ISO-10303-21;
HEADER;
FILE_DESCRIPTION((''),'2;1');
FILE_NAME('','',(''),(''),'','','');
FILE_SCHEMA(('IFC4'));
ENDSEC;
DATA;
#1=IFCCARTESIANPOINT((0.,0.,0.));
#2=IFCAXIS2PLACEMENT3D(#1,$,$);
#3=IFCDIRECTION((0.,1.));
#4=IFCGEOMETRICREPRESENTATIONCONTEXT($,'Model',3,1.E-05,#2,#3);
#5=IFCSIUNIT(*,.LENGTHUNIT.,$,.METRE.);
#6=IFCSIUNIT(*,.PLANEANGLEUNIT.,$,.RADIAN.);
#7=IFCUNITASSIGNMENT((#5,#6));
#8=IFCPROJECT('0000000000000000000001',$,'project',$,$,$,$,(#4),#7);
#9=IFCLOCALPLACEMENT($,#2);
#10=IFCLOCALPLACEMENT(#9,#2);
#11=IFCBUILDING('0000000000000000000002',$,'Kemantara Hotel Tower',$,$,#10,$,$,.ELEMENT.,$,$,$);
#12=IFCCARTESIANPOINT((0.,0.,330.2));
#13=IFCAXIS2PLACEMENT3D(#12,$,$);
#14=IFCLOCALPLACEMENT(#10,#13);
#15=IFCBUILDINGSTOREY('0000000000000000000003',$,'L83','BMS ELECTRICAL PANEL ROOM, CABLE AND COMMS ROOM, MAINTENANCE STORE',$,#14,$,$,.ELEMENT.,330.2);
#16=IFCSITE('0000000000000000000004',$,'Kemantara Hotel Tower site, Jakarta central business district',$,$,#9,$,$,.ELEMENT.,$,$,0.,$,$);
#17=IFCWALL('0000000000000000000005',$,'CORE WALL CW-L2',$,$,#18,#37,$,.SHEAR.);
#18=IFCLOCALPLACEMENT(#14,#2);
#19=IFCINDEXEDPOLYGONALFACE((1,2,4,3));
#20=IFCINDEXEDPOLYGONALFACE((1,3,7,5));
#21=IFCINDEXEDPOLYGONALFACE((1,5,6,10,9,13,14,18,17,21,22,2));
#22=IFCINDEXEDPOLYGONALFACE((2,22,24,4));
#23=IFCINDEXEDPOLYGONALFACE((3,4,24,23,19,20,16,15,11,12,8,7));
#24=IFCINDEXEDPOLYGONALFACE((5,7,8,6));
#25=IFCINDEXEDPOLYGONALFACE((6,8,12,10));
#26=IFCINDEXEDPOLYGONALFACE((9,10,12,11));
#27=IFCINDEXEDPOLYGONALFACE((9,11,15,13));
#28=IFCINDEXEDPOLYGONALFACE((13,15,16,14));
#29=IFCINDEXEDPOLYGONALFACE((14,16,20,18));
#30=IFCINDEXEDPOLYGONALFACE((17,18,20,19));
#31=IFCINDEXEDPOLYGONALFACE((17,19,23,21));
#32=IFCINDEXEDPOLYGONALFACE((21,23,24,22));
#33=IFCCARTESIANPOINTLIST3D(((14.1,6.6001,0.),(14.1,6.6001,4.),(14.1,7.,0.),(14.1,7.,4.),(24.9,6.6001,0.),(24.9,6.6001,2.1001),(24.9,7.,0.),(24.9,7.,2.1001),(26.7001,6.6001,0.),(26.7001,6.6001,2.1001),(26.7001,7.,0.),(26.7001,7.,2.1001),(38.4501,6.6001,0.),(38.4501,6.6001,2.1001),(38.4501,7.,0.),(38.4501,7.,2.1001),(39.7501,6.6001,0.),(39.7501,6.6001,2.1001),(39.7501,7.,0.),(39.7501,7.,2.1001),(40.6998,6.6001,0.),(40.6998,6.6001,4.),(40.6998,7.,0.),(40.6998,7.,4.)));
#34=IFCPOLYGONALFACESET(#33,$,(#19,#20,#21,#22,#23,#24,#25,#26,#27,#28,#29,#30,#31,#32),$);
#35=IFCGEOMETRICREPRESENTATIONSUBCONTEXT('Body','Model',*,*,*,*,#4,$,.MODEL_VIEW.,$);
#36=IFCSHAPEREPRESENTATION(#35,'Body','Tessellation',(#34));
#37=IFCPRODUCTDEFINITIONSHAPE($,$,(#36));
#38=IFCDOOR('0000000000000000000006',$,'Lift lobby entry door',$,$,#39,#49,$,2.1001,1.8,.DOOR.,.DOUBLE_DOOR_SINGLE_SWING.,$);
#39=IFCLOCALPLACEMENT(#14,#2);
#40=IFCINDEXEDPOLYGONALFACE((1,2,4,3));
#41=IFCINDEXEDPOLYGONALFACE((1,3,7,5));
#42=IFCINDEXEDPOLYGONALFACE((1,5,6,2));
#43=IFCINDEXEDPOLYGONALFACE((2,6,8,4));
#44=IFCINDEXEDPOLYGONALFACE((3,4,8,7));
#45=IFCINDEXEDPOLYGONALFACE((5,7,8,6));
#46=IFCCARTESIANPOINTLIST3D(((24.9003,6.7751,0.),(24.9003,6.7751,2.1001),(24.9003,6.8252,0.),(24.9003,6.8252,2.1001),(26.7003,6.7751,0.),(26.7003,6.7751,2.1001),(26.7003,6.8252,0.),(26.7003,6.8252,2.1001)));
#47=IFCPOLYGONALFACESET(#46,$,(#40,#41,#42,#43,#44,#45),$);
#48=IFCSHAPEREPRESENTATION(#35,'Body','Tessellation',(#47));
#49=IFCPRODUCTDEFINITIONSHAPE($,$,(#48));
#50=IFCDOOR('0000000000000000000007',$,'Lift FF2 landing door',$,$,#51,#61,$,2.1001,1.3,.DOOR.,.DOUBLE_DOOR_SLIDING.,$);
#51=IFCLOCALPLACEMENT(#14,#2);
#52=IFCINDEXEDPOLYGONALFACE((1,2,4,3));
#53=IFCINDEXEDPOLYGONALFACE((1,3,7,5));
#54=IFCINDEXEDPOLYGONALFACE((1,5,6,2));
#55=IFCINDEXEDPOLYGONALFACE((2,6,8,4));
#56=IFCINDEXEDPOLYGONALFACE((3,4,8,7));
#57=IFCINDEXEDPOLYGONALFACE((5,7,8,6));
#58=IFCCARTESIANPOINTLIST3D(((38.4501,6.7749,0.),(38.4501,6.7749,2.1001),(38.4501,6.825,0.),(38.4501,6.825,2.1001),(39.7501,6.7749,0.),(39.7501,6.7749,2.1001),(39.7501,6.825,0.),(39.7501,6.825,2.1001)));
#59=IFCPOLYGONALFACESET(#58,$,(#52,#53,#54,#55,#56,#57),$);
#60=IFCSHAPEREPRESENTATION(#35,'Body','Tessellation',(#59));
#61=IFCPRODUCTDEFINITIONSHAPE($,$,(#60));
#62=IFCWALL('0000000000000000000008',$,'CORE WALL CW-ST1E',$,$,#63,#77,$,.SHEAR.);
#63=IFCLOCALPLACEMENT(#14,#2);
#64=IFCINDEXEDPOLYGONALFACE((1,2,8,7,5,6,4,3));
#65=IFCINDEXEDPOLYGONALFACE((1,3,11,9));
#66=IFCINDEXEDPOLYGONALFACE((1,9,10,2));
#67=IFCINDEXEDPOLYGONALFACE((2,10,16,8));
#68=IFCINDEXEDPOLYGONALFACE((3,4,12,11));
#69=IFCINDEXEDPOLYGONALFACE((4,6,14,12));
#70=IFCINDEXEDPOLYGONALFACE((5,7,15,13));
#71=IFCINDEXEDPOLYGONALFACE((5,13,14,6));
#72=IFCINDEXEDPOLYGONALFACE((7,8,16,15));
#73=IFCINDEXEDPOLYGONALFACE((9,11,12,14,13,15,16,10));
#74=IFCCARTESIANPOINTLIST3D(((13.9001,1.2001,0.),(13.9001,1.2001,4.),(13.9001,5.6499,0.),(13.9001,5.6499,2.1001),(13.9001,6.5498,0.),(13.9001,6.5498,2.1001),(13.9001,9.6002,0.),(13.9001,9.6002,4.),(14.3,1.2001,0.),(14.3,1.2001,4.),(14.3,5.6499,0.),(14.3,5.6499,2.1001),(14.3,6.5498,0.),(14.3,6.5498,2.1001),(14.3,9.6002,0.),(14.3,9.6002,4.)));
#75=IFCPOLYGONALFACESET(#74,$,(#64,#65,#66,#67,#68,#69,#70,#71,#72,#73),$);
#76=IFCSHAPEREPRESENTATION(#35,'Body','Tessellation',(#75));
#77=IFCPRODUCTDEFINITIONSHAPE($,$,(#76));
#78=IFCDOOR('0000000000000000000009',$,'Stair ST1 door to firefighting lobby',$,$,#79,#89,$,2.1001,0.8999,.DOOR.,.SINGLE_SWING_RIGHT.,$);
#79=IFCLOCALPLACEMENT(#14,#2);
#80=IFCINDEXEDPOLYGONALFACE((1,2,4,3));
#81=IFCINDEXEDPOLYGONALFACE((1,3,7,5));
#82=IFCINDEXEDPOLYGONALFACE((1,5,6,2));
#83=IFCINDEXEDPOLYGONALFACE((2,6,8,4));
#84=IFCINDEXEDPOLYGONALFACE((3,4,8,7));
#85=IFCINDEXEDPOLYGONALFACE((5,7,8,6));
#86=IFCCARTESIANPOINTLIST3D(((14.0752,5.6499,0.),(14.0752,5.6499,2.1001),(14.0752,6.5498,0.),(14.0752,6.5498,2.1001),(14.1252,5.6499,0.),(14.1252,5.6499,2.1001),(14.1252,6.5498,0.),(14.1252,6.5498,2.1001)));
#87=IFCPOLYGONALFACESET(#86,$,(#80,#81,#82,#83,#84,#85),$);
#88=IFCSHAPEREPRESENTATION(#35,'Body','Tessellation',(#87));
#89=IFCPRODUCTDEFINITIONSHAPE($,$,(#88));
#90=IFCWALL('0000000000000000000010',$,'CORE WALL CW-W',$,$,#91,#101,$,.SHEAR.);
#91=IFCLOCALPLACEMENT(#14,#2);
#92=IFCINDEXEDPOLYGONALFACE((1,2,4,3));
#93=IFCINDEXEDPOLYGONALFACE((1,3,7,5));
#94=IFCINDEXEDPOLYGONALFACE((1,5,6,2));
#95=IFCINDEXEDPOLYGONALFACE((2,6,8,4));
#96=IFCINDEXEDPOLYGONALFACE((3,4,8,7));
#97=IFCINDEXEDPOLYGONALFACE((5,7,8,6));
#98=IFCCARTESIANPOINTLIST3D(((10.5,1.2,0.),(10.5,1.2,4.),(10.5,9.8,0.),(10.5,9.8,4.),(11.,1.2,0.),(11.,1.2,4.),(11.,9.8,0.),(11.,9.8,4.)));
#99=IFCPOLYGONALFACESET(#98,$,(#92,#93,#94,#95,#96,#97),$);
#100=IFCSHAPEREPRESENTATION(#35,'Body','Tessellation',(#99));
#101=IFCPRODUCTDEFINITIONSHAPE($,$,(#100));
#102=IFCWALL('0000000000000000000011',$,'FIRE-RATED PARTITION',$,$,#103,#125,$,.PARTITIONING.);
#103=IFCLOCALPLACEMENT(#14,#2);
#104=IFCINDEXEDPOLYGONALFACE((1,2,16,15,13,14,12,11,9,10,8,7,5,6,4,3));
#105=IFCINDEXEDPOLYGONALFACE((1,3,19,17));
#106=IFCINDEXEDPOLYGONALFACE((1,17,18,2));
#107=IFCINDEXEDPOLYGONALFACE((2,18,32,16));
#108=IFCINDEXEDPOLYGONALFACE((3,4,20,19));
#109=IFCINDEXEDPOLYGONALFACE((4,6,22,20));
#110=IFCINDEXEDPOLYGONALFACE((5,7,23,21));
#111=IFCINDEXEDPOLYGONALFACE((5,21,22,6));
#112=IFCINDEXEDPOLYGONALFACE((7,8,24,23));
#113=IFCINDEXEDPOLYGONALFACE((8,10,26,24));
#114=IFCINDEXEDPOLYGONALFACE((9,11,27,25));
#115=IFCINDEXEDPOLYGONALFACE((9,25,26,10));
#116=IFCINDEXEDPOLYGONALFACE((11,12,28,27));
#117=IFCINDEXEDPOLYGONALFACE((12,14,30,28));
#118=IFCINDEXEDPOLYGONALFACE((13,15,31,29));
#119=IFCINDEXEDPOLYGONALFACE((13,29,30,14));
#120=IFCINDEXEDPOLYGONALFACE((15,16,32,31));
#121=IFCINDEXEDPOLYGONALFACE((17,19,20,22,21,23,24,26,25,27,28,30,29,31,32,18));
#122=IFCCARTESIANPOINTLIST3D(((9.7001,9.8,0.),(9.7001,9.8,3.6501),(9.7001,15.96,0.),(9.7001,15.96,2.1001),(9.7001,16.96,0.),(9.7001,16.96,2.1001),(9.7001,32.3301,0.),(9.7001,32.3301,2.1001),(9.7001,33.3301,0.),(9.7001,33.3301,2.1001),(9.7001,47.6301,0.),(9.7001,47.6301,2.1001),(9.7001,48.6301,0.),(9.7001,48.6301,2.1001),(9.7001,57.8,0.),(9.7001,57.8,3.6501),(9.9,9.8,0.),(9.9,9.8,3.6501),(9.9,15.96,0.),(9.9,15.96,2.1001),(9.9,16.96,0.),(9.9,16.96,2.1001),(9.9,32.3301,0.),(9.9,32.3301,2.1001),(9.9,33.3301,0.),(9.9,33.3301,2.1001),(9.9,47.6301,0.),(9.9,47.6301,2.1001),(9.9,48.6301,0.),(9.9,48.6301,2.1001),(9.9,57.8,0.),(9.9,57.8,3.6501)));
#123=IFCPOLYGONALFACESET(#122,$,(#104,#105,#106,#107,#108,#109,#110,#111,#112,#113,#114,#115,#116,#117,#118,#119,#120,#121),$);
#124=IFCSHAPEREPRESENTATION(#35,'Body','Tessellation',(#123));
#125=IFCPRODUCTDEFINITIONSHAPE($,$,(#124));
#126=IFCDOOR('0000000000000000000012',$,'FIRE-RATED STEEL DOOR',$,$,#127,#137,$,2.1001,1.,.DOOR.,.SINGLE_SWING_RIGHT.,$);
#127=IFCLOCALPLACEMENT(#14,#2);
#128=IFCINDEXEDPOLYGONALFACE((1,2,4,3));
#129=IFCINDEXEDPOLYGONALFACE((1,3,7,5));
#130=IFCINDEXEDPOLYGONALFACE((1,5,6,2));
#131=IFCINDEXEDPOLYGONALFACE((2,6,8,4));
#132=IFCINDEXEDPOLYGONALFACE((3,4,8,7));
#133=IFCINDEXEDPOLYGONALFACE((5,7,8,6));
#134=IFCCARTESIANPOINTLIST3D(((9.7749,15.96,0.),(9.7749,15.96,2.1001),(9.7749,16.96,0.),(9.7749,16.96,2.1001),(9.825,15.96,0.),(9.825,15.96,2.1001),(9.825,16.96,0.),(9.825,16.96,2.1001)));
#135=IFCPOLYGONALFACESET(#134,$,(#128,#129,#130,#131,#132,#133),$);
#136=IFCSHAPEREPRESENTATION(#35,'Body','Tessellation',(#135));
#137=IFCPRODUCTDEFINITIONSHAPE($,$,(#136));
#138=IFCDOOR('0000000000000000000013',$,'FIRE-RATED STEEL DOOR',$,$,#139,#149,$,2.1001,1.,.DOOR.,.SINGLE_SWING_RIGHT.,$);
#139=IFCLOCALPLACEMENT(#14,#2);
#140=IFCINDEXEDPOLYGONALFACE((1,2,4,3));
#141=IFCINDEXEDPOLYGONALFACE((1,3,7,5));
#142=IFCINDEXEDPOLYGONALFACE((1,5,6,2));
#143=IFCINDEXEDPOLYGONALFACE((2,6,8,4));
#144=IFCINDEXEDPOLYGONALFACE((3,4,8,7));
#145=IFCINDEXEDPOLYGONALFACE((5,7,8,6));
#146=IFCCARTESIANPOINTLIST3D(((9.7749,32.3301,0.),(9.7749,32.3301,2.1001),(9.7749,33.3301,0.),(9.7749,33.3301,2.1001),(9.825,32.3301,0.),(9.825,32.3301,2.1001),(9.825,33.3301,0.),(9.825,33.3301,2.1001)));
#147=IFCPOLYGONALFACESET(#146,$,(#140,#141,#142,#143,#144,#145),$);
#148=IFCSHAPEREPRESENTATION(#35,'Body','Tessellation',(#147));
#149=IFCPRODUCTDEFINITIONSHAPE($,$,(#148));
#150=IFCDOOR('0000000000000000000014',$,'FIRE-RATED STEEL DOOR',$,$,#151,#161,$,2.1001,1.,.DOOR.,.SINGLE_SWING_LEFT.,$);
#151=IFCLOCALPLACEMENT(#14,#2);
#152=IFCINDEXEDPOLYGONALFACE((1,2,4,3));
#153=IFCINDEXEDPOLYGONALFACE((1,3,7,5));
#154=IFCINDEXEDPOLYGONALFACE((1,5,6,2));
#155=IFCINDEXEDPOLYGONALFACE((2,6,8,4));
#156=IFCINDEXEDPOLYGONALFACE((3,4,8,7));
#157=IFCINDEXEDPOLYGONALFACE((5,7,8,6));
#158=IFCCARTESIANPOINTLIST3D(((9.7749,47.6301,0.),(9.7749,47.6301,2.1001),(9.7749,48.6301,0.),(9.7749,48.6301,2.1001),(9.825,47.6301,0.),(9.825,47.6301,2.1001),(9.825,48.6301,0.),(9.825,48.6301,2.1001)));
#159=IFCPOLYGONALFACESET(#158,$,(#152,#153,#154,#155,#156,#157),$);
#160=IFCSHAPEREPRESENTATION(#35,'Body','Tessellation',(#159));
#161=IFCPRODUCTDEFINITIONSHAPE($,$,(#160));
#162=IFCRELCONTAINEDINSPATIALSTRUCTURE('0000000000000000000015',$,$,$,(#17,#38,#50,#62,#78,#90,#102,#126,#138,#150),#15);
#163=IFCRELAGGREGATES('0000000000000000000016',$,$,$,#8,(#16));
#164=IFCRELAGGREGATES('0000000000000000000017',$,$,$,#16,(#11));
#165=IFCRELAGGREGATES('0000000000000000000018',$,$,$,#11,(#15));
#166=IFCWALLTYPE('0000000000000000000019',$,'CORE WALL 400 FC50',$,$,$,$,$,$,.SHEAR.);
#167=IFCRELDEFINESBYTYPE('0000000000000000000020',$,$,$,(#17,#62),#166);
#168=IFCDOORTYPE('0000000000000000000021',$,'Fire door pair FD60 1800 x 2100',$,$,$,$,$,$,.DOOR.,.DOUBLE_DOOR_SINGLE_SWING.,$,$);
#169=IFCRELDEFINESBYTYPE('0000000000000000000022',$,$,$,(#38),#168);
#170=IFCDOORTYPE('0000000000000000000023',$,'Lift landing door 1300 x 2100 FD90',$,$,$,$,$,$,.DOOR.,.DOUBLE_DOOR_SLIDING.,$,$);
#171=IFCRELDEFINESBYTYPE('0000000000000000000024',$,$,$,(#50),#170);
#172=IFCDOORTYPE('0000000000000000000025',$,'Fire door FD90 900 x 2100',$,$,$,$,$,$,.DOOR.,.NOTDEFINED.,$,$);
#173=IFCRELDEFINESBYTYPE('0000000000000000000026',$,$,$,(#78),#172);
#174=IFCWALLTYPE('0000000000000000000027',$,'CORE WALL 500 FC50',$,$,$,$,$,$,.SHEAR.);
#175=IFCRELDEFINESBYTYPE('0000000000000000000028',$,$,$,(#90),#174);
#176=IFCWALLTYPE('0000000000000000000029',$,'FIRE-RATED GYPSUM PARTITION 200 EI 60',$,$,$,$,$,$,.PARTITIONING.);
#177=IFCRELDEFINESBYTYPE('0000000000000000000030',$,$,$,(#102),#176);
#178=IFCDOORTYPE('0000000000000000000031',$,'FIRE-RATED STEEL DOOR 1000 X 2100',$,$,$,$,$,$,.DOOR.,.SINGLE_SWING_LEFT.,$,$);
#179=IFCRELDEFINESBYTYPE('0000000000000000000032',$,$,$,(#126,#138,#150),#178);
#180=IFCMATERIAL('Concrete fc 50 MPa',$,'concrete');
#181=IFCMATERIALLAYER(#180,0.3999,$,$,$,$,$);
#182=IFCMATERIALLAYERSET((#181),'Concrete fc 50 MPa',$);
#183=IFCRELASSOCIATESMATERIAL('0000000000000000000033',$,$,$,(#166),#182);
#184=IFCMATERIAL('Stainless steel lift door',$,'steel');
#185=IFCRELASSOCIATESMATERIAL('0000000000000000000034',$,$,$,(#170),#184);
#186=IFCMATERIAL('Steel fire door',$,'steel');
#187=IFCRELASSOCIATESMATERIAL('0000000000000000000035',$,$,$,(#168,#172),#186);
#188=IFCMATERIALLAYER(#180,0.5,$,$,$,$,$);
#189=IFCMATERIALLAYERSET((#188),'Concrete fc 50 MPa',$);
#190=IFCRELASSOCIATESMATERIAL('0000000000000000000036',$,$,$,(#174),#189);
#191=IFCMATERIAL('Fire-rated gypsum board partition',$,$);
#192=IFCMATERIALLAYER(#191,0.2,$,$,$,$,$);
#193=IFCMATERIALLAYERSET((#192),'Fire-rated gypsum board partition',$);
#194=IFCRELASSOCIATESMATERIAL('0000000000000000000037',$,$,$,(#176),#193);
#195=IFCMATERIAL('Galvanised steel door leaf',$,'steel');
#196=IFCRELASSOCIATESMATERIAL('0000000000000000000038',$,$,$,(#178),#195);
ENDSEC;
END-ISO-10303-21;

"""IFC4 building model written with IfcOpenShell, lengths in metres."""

from ifc_helpers import new_model, si_unit, direction, frame, frame_2d, origin, place, context, subcontext, project, spatial, rectangle, extrude, material, layer, layer_set, type_object, element, fill, save


model = new_model("IFC4")

# Units and contexts
model_context = context("Model", 3, precision=1e-05, world=origin(), true_north=direction((0.0, 1.0)))
body_context = subcontext(model_context, "Body", "Model", "MODEL_VIEW")
ifc_project = project(units=[si_unit("LENGTHUNIT", "METRE"), si_unit("PLANEANGLEUNIT", "RADIAN")], contexts=[model_context])

# Site, building, storey
site_placement = place(None, origin())
site = spatial("IfcSite", under=ifc_project, at=site_placement, Name="Kemantara Hotel Tower site, Jakarta central business district", CompositionType="ELEMENT", RefElevation=0.0)
building_placement = place(site_placement, origin())
building = spatial("IfcBuilding", under=site, at=building_placement, Name="Kemantara Hotel Tower", CompositionType="ELEMENT")
storey_placement = place(building_placement, frame((0.0, 0.0, 330.2)))
storey = spatial("IfcBuildingStorey", under=building, at=storey_placement, Name="L83", Description="BMS ELECTRICAL PANEL ROOM, CABLE AND COMMS ROOM, MAINTENANCE STORE", CompositionType="ELEMENT", Elevation=330.2)

# Shared definitions
ifc_material_1 = material(Name="Concrete fc 50 MPa", Category="concrete")

# Shared definitions
ifc_layer_1 = layer(ifc_material_1, 0.3999)
ifc_layer_set_1 = layer_set([ifc_layer_1], Name="Concrete fc 50 MPa")
wall_type_1 = type_object("IfcWallType", Name="CORE WALL 400 FC50", PredefinedType="SHEAR", material=ifc_layer_set_1)
ifc_material_2 = material(Name="Steel fire door", Category="steel")

# Wall, openings, doors
ifc_material_3 = material(Name="Stainless steel lift door", Category="steel")
door_type_1 = type_object("IfcDoorType", Name="Lift landing door 1300 x 2100 FD90", OperationType="DOUBLE_DOOR_SLIDING", PredefinedType="DOOR", material=ifc_material_3)
wall_1_placement = place(storey_placement, frame((14.1001, 6.8, 0.0), z_axis=(0.0, 0.0, 1.0), x_axis=(1.0, 0.0, 0.0)))
wall_1 = element("IfcWall", 1, at=wall_1_placement, inside=storey, type_object=wall_type_1, Name="CORE WALL CW-L2", PredefinedType="SHEAR", context=body_context, shape_type="SweptSolid", body=[
    extrude(rectangle(XDim=26.5999, YDim=0.3999, at=frame_2d((13.2998, 0.0))), origin(), (0.0, 0.0, 1.0), 4.0),
])
opening_1_placement = place(wall_1_placement, frame((10.8, 0.0, 0.0)))
opening_1 = element("IfcOpeningElement", 2, at=opening_1_placement, cuts=wall_1, PredefinedType="OPENING", context=body_context, shape_type="SweptSolid", body=[
    extrude(rectangle(XDim=1.8, YDim=2.1001, at=frame_2d((0.8999, 1.05))), frame((0.0, 0.21, 0.0), z_axis=(0.0, -1.0, 0.0), x_axis=(1.0, 0.0, 0.0)), (0.0, 0.0, 1.0), 0.4199),
])
opening_2_placement = place(wall_1_placement, frame((24.3501, 0.0, 0.0)))
opening_2 = element("IfcOpeningElement", 3, at=opening_2_placement, cuts=wall_1, PredefinedType="OPENING", context=body_context, shape_type="SweptSolid", body=[
    extrude(rectangle(XDim=1.3, YDim=2.1001, at=frame_2d((0.6499, 1.05))), frame((0.0, 0.21, 0.0), z_axis=(0.0, -1.0, 0.0), x_axis=(1.0, 0.0, 0.0)), (0.0, 0.0, 1.0), 0.4199),
])
door_type_2 = type_object("IfcDoorType", Name="Fire door pair FD60 1800 x 2100", OperationType="DOUBLE_DOOR_SINGLE_SWING", PredefinedType="DOOR", material=ifc_material_2)
door_1_placement = place(opening_1_placement, frame((1.8, 0.0, 0.0), z_axis=(0.0, 0.0, 1.0), x_axis=(-1.0, 0.0, 0.0)))
door_1 = element("IfcDoor", 4, at=door_1_placement, inside=storey, type_object=door_type_2, Name="Lift lobby entry door", OperationType="DOUBLE_DOOR_SINGLE_SWING", OverallHeight=2.1001, OverallWidth=1.8, PredefinedType="DOOR", context=body_context, shape_type="SweptSolid", body=[
    extrude(rectangle(XDim=1.8, YDim=2.1001, at=frame_2d((0.8999, 1.05))), frame((0.0, 0.0249, 0.0), z_axis=(0.0, -1.0, 0.0), x_axis=(1.0, 0.0, 0.0)), (0.0, 0.0, 1.0), 0.05),
])
fill(opening_1, door_1)
door_2_placement = place(opening_2_placement, origin())
door_2 = element("IfcDoor", 5, at=door_2_placement, inside=storey, type_object=door_type_1, Name="Lift FF2 landing door", OperationType="DOUBLE_DOOR_SLIDING", OverallHeight=2.1001, OverallWidth=1.3, PredefinedType="DOOR", context=body_context, shape_type="SweptSolid", body=[
    extrude(rectangle(XDim=1.3, YDim=2.1001, at=frame_2d((0.6499, 1.05))), frame((0.0, 0.0249, 0.0), z_axis=(0.0, -1.0, 0.0), x_axis=(1.0, 0.0, 0.0)), (0.0, 0.0, 1.0), 0.05),
])
fill(opening_2, door_2)

# Wall, opening, door
wall_2_placement = place(storey_placement, frame((14.1001, 1.2, 0.0), z_axis=(0.0, 0.0, 1.0), x_axis=(0.0, 1.0, 0.0)))
wall_2 = element("IfcWall", 6, at=wall_2_placement, inside=storey, type_object=wall_type_1, Name="CORE WALL CW-ST1E", PredefinedType="SHEAR", context=body_context, shape_type="SweptSolid", body=[
    extrude(rectangle(XDim=8.4001, YDim=0.3999, at=frame_2d((4.2002, 0.0))), origin(), (0.0, 0.0, 1.0), 4.0),
])
opening_3_placement = place(wall_2_placement, frame((4.45, 0.0, 0.0)))
opening_3 = element("IfcOpeningElement", 7, at=opening_3_placement, cuts=wall_2, PredefinedType="OPENING", context=body_context, shape_type="SweptSolid", body=[
    extrude(rectangle(XDim=0.8999, YDim=2.1001, at=frame_2d((0.45, 1.05))), frame((0.0, 0.21, 0.0), z_axis=(0.0, -1.0, 0.0), x_axis=(1.0, 0.0, 0.0)), (0.0, 0.0, 1.0), 0.4199),
])
door_type_3 = type_object("IfcDoorType", Name="Fire door FD90 900 x 2100", OperationType="NOTDEFINED", PredefinedType="DOOR", material=ifc_material_2)
door_3_placement = place(opening_3_placement, origin())
door_3 = element("IfcDoor", 8, at=door_3_placement, inside=storey, type_object=door_type_3, Name="Stair ST1 door to firefighting lobby", OperationType="SINGLE_SWING_RIGHT", OverallHeight=2.1001, OverallWidth=0.8999, PredefinedType="DOOR", context=body_context, shape_type="SweptSolid", body=[
    extrude(rectangle(XDim=0.8999, YDim=2.1001, at=frame_2d((0.45, 1.05))), frame((0.0, 0.0249, 0.0), z_axis=(0.0, -1.0, 0.0), x_axis=(1.0, 0.0, 0.0)), (0.0, 0.0, 1.0), 0.05),
])
fill(opening_3, door_3)

# Wall
ifc_layer_2 = layer(ifc_material_1, 0.5)
ifc_layer_set_2 = layer_set([ifc_layer_2], Name="Concrete fc 50 MPa")
wall_type_2 = type_object("IfcWallType", Name="CORE WALL 500 FC50", PredefinedType="SHEAR", material=ifc_layer_set_2)
wall_3_placement = place(storey_placement, frame((10.75, 1.2, 0.0), z_axis=(0.0, 0.0, 1.0), x_axis=(0.0, 1.0, 0.0)))
element("IfcWall", 9, at=wall_3_placement, inside=storey, type_object=wall_type_2, Name="CORE WALL CW-W", PredefinedType="SHEAR", context=body_context, shape_type="SweptSolid", body=[
    extrude(rectangle(XDim=8.6001, YDim=0.5, at=frame_2d((4.3, 0.0))), origin(), (0.0, 0.0, 1.0), 4.0),
])

# Wall, openings, doors
ifc_material_4 = material(Name="Fire-rated gypsum board partition")
ifc_layer_3 = layer(ifc_material_4, 0.2)
ifc_layer_set_3 = layer_set([ifc_layer_3], Name="Fire-rated gypsum board partition")
wall_type_3 = type_object("IfcWallType", Name="FIRE-RATED GYPSUM PARTITION 200 EI 60", PredefinedType="PARTITIONING", material=ifc_layer_set_3)
wall_4_placement = place(storey_placement, frame((9.8, 9.8, 0.0), z_axis=(0.0, 0.0, 1.0), x_axis=(0.0, 1.0, 0.0)))
wall_4 = element("IfcWall", 10, at=wall_4_placement, inside=storey, type_object=wall_type_3, Name="FIRE-RATED PARTITION", PredefinedType="PARTITIONING", context=body_context, shape_type="SweptSolid", body=[
    extrude(rectangle(XDim=48.0, YDim=0.2, at=frame_2d((24.0, 0.0))), origin(), (0.0, 0.0, 1.0), 3.6501),
])
opening_4_placement = place(wall_4_placement, frame((6.1599, 0.0, 0.0)))
opening_4 = element("IfcOpeningElement", 11, at=opening_4_placement, cuts=wall_4, PredefinedType="OPENING", context=body_context, shape_type="SweptSolid", body=[
    extrude(rectangle(XDim=1.0, YDim=2.1001, at=frame_2d((0.5, 1.05))), frame((0.0, 0.1099, 0.0), z_axis=(0.0, -1.0, 0.0), x_axis=(1.0, 0.0, 0.0)), (0.0, 0.0, 1.0), 0.22),
])
opening_5_placement = place(wall_4_placement, frame((22.53, 0.0, 0.0)))
opening_5 = element("IfcOpeningElement", 12, at=opening_5_placement, cuts=wall_4, PredefinedType="OPENING", context=body_context, shape_type="SweptSolid", body=[
    extrude(rectangle(XDim=1.0, YDim=2.1001, at=frame_2d((0.5, 1.05))), frame((0.0, 0.1099, 0.0), z_axis=(0.0, -1.0, 0.0), x_axis=(1.0, 0.0, 0.0)), (0.0, 0.0, 1.0), 0.22),
])
opening_6_placement = place(wall_4_placement, frame((37.8301, 0.0, 0.0)))
opening_6 = element("IfcOpeningElement", 13, at=opening_6_placement, cuts=wall_4, PredefinedType="OPENING", context=body_context, shape_type="SweptSolid", body=[
    extrude(rectangle(XDim=1.0, YDim=2.1001, at=frame_2d((0.5, 1.05))), frame((0.0, 0.1099, 0.0), z_axis=(0.0, -1.0, 0.0), x_axis=(1.0, 0.0, 0.0)), (0.0, 0.0, 1.0), 0.22),
])
ifc_material_5 = material(Name="Galvanised steel door leaf", Category="steel")
door_type_4 = type_object("IfcDoorType", Name="FIRE-RATED STEEL DOOR 1000 X 2100", OperationType="SINGLE_SWING_LEFT", PredefinedType="DOOR", material=ifc_material_5)
door_4_placement = place(opening_4_placement, frame((1.0, 0.0, 0.0), z_axis=(0.0, 0.0, 1.0), x_axis=(-1.0, 0.0, 0.0)))
door_4 = element("IfcDoor", 14, at=door_4_placement, inside=storey, type_object=door_type_4, Name="FIRE-RATED STEEL DOOR", OperationType="SINGLE_SWING_RIGHT", OverallHeight=2.1001, OverallWidth=1.0, PredefinedType="DOOR", context=body_context, shape_type="SweptSolid", body=[
    extrude(rectangle(XDim=1.0, YDim=2.1001, at=frame_2d((0.5, 1.05))), frame((0.0, 0.0249, 0.0), z_axis=(0.0, -1.0, 0.0), x_axis=(1.0, 0.0, 0.0)), (0.0, 0.0, 1.0), 0.05),
])
fill(opening_4, door_4)
door_5_placement = place(opening_5_placement, frame((1.0, 0.0, 0.0), z_axis=(0.0, 0.0, 1.0), x_axis=(-1.0, 0.0, 0.0)))
door_5 = element("IfcDoor", 15, at=door_5_placement, inside=storey, type_object=door_type_4, Name="FIRE-RATED STEEL DOOR", OperationType="SINGLE_SWING_RIGHT", OverallHeight=2.1001, OverallWidth=1.0, PredefinedType="DOOR", context=body_context, shape_type="SweptSolid", body=[
    extrude(rectangle(XDim=1.0, YDim=2.1001, at=frame_2d((0.5, 1.05))), frame((0.0, 0.0249, 0.0), z_axis=(0.0, -1.0, 0.0), x_axis=(1.0, 0.0, 0.0)), (0.0, 0.0, 1.0), 0.05),
])
fill(opening_5, door_5)
door_6_placement = place(opening_6_placement, frame((1.0, 0.0, 0.0), z_axis=(0.0, 0.0, 1.0), x_axis=(-1.0, 0.0, 0.0)))
door_6 = element("IfcDoor", 16, at=door_6_placement, inside=storey, type_object=door_type_4, Name="FIRE-RATED STEEL DOOR", OperationType="SINGLE_SWING_LEFT", OverallHeight=2.1001, OverallWidth=1.0, PredefinedType="DOOR", context=body_context, shape_type="SweptSolid", body=[
    extrude(rectangle(XDim=1.0, YDim=2.1001, at=frame_2d((0.5, 1.05))), frame((0.0, 0.0249, 0.0), z_axis=(0.0, -1.0, 0.0), x_axis=(1.0, 0.0, 0.0)), (0.0, 0.0, 1.0), 0.05),
])
fill(opening_6, door_6)

save(model, "model.ifc")
